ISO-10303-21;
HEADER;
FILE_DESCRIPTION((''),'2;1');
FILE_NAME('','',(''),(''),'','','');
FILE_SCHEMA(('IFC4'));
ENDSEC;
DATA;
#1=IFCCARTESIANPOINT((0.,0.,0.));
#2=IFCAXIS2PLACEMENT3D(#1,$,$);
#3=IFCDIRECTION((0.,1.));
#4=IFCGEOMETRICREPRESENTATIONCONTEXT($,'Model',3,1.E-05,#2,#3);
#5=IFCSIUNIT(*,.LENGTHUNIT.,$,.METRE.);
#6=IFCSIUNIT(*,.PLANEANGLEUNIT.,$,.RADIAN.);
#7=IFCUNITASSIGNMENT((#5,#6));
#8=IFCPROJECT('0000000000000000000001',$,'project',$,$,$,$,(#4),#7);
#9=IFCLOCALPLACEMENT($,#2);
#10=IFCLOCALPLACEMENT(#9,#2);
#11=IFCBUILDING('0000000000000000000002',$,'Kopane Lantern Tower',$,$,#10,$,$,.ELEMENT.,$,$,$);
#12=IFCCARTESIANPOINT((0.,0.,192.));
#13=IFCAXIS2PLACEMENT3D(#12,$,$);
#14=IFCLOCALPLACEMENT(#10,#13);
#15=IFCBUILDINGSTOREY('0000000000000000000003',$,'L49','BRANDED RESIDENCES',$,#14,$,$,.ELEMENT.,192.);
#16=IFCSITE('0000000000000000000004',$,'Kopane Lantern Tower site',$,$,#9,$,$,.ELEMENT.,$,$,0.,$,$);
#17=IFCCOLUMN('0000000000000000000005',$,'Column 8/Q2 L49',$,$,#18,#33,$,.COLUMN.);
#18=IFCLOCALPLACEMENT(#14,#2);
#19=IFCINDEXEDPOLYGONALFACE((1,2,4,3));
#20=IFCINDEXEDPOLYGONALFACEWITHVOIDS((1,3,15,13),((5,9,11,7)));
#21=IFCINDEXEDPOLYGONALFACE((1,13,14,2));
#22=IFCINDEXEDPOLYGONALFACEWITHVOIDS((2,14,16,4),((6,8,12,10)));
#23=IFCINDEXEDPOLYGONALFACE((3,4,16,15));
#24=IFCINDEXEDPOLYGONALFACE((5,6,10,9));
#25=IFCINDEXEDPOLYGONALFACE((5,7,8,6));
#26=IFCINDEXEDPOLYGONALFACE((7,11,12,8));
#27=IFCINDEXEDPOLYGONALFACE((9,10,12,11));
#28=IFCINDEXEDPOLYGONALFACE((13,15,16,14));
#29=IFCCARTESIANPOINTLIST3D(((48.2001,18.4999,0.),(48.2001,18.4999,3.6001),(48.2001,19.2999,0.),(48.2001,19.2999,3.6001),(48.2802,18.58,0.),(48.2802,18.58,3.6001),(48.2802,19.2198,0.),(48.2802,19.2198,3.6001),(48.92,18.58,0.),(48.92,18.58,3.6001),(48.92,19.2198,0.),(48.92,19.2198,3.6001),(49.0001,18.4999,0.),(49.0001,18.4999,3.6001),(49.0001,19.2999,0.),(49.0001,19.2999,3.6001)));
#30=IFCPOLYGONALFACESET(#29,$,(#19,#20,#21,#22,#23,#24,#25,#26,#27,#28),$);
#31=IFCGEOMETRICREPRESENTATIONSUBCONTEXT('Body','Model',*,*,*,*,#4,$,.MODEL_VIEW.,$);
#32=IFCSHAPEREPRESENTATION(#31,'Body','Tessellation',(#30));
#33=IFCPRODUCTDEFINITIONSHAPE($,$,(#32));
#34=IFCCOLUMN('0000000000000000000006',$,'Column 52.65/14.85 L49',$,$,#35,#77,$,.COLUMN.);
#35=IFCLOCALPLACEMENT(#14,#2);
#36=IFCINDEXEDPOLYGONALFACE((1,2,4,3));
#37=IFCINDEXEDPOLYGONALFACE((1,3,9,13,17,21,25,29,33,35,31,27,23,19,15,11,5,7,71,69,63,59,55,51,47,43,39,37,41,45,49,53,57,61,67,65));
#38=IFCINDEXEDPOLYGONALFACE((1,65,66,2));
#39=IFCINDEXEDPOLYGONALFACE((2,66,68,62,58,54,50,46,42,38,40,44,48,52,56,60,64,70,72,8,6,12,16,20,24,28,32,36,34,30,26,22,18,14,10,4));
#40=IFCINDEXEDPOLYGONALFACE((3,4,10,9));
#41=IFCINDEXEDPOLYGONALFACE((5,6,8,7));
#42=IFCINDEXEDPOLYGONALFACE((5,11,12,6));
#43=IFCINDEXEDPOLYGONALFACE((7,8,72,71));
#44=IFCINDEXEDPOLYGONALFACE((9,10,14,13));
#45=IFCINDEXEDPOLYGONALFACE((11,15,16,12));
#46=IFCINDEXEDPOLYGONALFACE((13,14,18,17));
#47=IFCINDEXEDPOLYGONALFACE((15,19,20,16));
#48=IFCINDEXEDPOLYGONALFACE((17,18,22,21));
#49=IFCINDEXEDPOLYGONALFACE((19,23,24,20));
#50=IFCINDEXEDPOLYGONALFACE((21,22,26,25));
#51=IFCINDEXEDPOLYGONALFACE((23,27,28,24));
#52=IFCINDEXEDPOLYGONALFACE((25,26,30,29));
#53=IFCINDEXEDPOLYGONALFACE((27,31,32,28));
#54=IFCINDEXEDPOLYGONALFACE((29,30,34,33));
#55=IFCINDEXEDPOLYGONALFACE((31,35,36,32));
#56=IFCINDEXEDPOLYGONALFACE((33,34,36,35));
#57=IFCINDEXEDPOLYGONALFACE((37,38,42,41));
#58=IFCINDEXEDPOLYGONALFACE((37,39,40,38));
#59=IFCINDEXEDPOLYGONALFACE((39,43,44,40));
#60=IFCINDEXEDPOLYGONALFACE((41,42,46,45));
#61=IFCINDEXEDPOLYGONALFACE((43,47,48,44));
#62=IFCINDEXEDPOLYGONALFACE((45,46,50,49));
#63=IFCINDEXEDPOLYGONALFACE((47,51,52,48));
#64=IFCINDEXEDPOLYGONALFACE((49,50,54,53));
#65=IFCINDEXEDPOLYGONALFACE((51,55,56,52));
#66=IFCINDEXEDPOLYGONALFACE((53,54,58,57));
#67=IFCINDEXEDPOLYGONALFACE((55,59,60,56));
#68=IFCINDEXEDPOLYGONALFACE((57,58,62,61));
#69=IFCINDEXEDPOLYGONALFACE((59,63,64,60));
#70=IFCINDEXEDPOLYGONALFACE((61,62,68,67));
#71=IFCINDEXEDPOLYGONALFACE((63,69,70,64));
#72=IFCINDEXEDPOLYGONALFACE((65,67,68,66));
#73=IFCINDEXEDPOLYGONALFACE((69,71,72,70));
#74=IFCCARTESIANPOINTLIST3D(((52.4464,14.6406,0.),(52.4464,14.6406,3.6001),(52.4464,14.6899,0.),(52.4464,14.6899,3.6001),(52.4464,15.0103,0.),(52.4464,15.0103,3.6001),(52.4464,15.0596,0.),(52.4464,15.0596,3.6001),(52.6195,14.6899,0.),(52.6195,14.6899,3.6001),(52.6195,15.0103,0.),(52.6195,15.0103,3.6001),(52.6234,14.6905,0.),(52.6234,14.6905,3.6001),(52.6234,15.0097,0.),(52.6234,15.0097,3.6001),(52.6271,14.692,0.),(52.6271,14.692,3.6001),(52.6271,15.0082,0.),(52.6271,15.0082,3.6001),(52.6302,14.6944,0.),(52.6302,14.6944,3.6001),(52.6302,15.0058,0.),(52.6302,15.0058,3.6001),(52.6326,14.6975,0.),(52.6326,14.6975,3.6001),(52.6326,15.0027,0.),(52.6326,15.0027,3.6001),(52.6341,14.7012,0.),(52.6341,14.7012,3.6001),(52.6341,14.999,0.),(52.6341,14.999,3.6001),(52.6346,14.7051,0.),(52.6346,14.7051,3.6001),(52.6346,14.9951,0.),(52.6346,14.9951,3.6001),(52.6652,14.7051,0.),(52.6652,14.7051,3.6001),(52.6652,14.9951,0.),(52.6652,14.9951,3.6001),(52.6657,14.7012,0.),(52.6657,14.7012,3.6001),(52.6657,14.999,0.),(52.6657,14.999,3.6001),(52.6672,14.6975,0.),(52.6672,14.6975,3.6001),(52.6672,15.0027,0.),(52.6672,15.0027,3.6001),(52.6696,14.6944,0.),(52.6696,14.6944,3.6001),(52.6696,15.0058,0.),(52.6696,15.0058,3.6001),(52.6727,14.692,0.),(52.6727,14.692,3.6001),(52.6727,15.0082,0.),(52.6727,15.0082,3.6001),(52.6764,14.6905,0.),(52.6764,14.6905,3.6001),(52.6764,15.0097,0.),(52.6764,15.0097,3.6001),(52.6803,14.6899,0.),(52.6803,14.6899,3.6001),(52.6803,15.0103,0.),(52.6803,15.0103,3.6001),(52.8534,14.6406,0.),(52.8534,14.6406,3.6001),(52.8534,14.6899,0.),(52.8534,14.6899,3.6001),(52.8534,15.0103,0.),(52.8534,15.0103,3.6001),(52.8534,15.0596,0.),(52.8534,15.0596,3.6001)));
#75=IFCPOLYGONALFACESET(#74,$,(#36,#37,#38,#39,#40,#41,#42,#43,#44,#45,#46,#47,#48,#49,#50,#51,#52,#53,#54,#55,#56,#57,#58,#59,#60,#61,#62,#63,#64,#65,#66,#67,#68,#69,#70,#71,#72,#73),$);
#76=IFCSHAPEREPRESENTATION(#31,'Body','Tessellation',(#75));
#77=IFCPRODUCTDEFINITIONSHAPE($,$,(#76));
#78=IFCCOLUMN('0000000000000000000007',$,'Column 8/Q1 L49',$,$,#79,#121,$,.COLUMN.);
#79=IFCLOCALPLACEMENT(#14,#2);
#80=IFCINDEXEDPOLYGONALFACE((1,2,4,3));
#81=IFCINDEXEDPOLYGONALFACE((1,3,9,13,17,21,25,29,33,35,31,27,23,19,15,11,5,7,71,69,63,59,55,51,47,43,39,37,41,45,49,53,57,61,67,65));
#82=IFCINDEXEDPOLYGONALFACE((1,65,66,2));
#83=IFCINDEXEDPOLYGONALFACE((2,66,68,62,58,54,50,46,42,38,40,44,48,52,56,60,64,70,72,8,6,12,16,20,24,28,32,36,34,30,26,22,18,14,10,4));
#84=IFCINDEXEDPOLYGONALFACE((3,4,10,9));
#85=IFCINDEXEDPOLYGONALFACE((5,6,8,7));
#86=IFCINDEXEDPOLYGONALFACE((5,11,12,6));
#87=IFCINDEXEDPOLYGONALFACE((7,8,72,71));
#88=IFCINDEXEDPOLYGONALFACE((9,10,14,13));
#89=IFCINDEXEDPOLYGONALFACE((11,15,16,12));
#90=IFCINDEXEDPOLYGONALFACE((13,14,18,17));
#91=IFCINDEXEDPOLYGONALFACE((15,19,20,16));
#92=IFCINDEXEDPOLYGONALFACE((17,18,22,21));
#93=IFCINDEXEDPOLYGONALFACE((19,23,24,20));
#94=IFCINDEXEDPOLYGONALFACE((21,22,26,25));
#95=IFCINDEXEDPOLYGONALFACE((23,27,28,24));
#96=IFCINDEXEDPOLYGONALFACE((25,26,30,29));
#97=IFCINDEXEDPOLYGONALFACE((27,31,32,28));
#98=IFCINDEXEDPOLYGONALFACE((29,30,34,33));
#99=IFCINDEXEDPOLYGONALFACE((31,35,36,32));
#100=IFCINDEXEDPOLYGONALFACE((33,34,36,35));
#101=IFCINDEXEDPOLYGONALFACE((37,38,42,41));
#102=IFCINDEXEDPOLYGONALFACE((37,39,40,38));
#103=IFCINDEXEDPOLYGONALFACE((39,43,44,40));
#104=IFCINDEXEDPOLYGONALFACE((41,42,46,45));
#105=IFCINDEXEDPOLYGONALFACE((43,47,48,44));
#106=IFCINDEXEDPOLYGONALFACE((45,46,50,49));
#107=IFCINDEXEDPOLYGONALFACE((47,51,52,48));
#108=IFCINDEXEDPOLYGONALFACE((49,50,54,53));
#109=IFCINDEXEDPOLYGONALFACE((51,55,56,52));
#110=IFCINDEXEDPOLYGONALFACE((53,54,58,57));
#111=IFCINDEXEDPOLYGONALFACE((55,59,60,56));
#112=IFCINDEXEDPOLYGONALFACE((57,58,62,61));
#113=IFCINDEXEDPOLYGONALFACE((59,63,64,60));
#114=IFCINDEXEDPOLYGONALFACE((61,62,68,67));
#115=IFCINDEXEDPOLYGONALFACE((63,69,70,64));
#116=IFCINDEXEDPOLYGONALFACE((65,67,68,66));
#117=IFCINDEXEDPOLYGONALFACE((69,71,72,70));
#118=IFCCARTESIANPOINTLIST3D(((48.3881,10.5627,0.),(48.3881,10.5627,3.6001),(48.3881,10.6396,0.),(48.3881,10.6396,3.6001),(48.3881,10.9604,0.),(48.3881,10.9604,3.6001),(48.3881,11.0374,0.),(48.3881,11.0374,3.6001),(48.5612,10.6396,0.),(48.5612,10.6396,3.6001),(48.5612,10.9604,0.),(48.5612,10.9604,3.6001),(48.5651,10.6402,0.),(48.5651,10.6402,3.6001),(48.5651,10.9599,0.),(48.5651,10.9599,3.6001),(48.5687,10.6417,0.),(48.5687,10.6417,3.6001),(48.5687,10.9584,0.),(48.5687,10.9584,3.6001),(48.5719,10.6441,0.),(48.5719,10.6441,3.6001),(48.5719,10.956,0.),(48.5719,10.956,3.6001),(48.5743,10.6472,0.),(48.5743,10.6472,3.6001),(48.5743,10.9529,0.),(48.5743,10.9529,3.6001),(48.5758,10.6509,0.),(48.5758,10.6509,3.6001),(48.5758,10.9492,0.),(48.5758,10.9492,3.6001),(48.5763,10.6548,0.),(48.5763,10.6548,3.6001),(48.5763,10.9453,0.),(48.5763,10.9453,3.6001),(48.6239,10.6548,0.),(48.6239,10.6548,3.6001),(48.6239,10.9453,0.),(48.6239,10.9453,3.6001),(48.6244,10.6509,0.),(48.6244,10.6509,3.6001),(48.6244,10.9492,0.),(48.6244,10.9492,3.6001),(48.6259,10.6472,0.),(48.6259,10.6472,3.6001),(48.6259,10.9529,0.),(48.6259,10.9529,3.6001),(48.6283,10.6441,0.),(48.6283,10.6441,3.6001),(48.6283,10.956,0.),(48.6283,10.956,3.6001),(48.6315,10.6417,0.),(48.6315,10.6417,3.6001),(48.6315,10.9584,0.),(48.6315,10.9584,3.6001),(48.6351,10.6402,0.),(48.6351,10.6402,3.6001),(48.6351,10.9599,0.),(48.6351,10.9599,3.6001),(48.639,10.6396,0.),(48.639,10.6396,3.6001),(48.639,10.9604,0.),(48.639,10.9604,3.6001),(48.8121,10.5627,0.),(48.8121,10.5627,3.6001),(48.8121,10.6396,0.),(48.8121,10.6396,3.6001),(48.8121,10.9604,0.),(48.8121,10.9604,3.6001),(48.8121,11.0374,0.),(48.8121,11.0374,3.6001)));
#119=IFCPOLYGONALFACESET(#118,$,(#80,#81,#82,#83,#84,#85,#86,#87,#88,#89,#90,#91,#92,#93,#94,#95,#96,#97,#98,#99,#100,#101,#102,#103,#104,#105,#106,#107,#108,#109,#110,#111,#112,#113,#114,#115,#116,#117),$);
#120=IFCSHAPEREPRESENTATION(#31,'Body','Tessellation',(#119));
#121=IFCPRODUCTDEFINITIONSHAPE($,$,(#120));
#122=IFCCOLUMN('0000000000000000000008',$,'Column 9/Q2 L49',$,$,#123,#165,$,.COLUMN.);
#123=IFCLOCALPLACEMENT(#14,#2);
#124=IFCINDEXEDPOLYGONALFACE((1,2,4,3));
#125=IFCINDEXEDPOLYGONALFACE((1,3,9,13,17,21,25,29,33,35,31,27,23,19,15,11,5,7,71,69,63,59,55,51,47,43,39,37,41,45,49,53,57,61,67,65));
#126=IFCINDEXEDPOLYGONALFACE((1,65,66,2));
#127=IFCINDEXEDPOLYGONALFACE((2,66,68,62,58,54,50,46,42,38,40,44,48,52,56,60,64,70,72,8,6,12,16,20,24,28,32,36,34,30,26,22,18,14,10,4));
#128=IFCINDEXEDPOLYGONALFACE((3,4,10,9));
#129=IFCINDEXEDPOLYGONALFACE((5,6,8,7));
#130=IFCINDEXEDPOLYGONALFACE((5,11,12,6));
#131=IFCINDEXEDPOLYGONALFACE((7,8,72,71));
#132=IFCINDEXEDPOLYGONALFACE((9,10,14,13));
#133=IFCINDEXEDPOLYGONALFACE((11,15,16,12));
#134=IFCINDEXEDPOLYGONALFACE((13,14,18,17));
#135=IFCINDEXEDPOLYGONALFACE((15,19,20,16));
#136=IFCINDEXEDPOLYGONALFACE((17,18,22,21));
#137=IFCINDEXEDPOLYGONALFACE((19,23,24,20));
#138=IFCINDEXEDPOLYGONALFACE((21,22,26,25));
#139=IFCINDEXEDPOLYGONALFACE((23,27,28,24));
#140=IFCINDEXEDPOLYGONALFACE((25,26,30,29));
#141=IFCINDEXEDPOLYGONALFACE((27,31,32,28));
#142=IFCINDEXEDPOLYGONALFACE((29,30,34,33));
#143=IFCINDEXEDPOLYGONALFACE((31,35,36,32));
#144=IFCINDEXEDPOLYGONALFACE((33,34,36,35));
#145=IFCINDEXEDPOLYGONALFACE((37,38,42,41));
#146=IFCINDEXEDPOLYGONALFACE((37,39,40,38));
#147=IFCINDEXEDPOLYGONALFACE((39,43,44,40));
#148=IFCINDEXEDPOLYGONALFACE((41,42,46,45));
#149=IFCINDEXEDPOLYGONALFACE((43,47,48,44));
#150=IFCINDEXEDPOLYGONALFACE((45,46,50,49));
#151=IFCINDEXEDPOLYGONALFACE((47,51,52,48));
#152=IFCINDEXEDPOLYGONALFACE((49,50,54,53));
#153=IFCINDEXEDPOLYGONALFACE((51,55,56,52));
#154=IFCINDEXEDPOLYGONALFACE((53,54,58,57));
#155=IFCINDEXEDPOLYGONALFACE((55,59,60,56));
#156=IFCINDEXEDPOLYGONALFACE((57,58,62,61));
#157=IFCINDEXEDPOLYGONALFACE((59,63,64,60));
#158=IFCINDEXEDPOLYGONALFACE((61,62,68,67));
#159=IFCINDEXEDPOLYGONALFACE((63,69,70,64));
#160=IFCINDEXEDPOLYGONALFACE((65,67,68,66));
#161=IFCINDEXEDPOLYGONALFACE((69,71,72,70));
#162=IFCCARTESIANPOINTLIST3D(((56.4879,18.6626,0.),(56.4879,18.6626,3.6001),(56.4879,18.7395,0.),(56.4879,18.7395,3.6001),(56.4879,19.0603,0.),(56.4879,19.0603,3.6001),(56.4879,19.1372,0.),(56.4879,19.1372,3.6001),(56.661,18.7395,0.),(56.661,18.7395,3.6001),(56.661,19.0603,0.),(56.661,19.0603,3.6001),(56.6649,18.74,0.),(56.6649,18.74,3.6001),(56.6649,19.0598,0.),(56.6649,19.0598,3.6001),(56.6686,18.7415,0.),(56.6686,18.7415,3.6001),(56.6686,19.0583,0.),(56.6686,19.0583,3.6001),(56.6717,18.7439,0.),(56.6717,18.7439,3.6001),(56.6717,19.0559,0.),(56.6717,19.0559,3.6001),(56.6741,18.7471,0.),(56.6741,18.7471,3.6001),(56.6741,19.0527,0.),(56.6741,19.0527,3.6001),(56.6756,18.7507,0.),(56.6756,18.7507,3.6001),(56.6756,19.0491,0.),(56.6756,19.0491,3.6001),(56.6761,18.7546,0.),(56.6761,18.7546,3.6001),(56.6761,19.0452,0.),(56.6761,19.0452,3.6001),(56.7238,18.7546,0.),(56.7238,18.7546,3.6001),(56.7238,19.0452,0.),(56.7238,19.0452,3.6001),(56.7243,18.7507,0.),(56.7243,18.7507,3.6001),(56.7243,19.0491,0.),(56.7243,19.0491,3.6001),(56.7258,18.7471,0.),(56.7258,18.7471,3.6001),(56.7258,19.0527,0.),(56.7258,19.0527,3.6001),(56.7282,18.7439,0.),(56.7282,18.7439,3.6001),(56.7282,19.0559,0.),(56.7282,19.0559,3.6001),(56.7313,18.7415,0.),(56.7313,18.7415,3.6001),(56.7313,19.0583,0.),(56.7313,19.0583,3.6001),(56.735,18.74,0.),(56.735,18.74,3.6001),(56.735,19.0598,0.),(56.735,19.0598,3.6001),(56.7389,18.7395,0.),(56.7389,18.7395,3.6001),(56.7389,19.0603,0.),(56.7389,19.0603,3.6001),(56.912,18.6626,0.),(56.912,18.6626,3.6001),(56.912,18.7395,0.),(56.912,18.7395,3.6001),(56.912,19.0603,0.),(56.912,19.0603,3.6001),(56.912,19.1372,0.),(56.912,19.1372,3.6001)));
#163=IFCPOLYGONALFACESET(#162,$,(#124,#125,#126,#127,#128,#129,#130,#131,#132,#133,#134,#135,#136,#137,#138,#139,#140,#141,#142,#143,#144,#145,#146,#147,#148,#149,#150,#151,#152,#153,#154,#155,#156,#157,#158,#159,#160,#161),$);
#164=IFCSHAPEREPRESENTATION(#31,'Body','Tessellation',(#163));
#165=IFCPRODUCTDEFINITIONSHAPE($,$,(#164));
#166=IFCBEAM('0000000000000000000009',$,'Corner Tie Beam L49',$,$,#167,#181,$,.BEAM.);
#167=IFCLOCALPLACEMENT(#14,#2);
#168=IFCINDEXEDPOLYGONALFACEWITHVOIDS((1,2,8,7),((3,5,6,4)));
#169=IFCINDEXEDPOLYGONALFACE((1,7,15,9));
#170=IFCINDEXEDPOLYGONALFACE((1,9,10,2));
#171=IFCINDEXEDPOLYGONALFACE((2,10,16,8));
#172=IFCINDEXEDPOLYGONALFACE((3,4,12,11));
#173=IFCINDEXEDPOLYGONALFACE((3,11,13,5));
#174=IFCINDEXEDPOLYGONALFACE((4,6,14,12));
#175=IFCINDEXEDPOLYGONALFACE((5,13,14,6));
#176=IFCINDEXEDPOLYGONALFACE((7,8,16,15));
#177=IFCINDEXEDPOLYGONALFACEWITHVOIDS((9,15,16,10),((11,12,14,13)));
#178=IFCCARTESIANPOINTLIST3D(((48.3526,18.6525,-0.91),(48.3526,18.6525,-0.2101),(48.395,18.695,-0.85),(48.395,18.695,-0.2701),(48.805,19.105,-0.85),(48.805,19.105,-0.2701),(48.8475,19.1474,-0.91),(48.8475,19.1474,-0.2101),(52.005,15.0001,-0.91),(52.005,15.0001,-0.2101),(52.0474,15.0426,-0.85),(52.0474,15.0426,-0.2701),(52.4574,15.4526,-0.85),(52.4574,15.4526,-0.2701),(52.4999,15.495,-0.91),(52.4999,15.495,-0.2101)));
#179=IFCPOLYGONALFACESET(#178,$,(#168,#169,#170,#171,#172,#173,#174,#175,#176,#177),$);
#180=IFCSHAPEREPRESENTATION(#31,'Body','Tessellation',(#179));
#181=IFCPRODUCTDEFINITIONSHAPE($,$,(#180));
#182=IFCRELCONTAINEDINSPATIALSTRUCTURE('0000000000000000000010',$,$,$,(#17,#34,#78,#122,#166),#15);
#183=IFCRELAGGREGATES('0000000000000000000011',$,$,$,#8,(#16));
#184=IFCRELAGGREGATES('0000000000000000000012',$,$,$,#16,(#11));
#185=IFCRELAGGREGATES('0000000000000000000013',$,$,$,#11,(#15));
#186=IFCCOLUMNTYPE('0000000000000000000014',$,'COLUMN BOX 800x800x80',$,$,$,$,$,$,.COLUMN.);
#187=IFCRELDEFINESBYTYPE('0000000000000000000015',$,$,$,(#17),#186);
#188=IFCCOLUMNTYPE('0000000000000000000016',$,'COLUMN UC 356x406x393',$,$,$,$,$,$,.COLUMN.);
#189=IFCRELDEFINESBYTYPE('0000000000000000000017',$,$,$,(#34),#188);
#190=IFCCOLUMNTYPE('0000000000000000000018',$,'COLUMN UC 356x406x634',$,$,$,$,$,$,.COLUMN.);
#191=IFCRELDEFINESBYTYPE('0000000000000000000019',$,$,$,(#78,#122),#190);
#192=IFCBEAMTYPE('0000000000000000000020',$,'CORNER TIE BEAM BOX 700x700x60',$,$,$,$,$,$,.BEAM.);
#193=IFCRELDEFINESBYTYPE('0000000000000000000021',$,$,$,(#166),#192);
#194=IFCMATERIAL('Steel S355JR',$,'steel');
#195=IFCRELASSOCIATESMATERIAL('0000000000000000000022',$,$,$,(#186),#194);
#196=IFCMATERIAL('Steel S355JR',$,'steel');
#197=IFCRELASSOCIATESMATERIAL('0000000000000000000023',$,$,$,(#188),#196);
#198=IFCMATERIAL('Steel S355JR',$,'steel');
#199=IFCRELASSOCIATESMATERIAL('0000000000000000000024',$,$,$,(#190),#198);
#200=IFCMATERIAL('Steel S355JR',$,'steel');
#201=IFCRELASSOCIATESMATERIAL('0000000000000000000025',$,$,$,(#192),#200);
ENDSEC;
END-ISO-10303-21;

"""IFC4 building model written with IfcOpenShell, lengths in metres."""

from ifc_helpers import new_model, si_unit, direction, frame, origin, origin_2d, place, context, subcontext, project, spatial, hollow_rectangle, i_section, extrude, material, material_profile, profile_set, type_object, element, save


model = new_model("IFC4")

# Units and contexts
model_context = context("Model", 3, precision=1e-05, world=origin(), true_north=direction((0.0, 1.0)))
body_context = subcontext(model_context, "Body", "Model", "MODEL_VIEW")
ifc_project = project(units=[si_unit("LENGTHUNIT", "METRE"), si_unit("PLANEANGLEUNIT", "RADIAN")], contexts=[model_context])

# Site, building, storey
site_placement = place(None, origin())
site = spatial("IfcSite", under=ifc_project, at=site_placement, Name="Kopane Lantern Tower site", CompositionType="ELEMENT", RefElevation=0.0)
building_placement = place(site_placement, origin())
building = spatial("IfcBuilding", under=site, at=building_placement, Name="Kopane Lantern Tower", CompositionType="ELEMENT")
storey_placement = place(building_placement, frame((0.0, 0.0, 192.0)))
storey = spatial("IfcBuildingStorey", under=building, at=storey_placement, Name="L49", Description="BRANDED RESIDENCES", CompositionType="ELEMENT", Elevation=192.0)

# Columns
ifc_material_1 = material(Name="Steel S355JR", Category="steel")
ifc_material_profile_1 = material_profile(ifc_material_1, hollow_rectangle(XDim=0.8, YDim=0.8, WallThickness=0.0801, at=origin_2d()), Name="BOX 800x800x80")
ifc_profile_set_1 = profile_set([ifc_material_profile_1], Name="Steel S355JR")
column_type_1 = type_object("IfcColumnType", Name="COLUMN BOX 800x800x80", PredefinedType="COLUMN", material=ifc_profile_set_1)
column_1_placement = place(storey_placement, frame((48.6001, 18.8999, 0.0), z_axis=(0.0, 0.0, 1.0), x_axis=(1.0, 0.0, 0.0)))
element("IfcColumn", 1, at=column_1_placement, inside=storey, type_object=column_type_1, Name="Column 8/Q2 L49", PredefinedType="COLUMN", context=body_context, shape_type="SweptSolid", body=[
    extrude(hollow_rectangle(XDim=0.8, YDim=0.8, WallThickness=0.0801, at=origin_2d()), origin(), (0.0, 0.0, 1.0), 3.6001),
])
ifc_material_2 = material(Name="Steel S355JR", Category="steel")
ifc_material_profile_2 = material_profile(ifc_material_2, i_section(OverallWidth=0.407, OverallDepth=0.4189, WebThickness=0.0305, FlangeThickness=0.0493, FilletRadius=0.0151, at=origin_2d()), Name="UC 356x406x393")
ifc_profile_set_2 = profile_set([ifc_material_profile_2], Name="Steel S355JR")
column_type_2 = type_object("IfcColumnType", Name="COLUMN UC 356x406x393", PredefinedType="COLUMN", material=ifc_profile_set_2)
column_2_placement = place(storey_placement, frame((52.6499, 14.8501, 0.0), z_axis=(0.0, 0.0, 1.0), x_axis=(1.0, 0.0, 0.0)))
element("IfcColumn", 2, at=column_2_placement, inside=storey, type_object=column_type_2, Name="Column 52.65/14.85 L49", PredefinedType="COLUMN", context=body_context, shape_type="SweptSolid", body=[
    extrude(i_section(OverallWidth=0.407, OverallDepth=0.4189, WebThickness=0.0305, FlangeThickness=0.0493, FilletRadius=0.0151, at=origin_2d()), origin(), (0.0, 0.0, 1.0), 3.6001),
])
ifc_material_3 = material(Name="Steel S355JR", Category="steel")
ifc_material_profile_3 = material_profile(ifc_material_3, i_section(OverallWidth=0.4241, OverallDepth=0.4746, WebThickness=0.0476, FlangeThickness=0.0769, FilletRadius=0.0151, at=origin_2d()), Name="UC 356x406x634")
ifc_profile_set_3 = profile_set([ifc_material_profile_3], Name="Steel S355JR")
column_type_3 = type_object("IfcColumnType", Name="COLUMN UC 356x406x634", PredefinedType="COLUMN", material=ifc_profile_set_3)
for number, where, z_axis, x_axis, name in (
    (3, (48.6001, 10.8, 0.0), (0.0, 0.0, 1.0), (1.0, 0.0, 0.0), "Column 8/Q1 L49"),
    (4, (56.7, 18.8999, 0.0), (0.0, 0.0, 1.0), (1.0, 0.0, 0.0), "Column 9/Q2 L49"),
):
    element("IfcColumn", number, at=place(storey_placement, frame(where, z_axis=z_axis, x_axis=x_axis)), inside=storey, type_object=column_type_3, Name=name, PredefinedType="COLUMN", context=body_context, shape_type="SweptSolid", body=[
        extrude(i_section(OverallWidth=0.4241, OverallDepth=0.4746, WebThickness=0.0476, FlangeThickness=0.0769, FilletRadius=0.0151, at=origin_2d()), origin(), (0.0, 0.0, 1.0), 3.6001),
    ])

# Beam
ifc_material_4 = material(Name="Steel S355JR", Category="steel")
ifc_material_profile_4 = material_profile(ifc_material_4, hollow_rectangle(XDim=0.7, YDim=0.7, WallThickness=0.0601, at=origin_2d()), Name="BOX 700x700x60")
ifc_profile_set_4 = profile_set([ifc_material_profile_4], Name="Steel S355JR")
beam_type_1 = type_object("IfcBeamType", Name="CORNER TIE BEAM BOX 700x700x60", PredefinedType="BEAM", material=ifc_profile_set_4)
beam_1_placement = place(storey_placement, frame((52.2524, 15.2476, -0.5601), z_axis=(-0.707107, 0.707107, 0.0), x_axis=(-0.707107, -0.707107, 0.0)))
element("IfcBeam", 5, at=beam_1_placement, inside=storey, type_object=beam_type_1, Name="Corner Tie Beam L49", PredefinedType="BEAM", context=body_context, shape_type="SweptSolid", body=[
    extrude(hollow_rectangle(XDim=0.7, YDim=0.7, WallThickness=0.0601, at=origin_2d()), origin(), (0.0, 0.0, 1.0), 5.1653),
])

save(model, "model.ifc")
